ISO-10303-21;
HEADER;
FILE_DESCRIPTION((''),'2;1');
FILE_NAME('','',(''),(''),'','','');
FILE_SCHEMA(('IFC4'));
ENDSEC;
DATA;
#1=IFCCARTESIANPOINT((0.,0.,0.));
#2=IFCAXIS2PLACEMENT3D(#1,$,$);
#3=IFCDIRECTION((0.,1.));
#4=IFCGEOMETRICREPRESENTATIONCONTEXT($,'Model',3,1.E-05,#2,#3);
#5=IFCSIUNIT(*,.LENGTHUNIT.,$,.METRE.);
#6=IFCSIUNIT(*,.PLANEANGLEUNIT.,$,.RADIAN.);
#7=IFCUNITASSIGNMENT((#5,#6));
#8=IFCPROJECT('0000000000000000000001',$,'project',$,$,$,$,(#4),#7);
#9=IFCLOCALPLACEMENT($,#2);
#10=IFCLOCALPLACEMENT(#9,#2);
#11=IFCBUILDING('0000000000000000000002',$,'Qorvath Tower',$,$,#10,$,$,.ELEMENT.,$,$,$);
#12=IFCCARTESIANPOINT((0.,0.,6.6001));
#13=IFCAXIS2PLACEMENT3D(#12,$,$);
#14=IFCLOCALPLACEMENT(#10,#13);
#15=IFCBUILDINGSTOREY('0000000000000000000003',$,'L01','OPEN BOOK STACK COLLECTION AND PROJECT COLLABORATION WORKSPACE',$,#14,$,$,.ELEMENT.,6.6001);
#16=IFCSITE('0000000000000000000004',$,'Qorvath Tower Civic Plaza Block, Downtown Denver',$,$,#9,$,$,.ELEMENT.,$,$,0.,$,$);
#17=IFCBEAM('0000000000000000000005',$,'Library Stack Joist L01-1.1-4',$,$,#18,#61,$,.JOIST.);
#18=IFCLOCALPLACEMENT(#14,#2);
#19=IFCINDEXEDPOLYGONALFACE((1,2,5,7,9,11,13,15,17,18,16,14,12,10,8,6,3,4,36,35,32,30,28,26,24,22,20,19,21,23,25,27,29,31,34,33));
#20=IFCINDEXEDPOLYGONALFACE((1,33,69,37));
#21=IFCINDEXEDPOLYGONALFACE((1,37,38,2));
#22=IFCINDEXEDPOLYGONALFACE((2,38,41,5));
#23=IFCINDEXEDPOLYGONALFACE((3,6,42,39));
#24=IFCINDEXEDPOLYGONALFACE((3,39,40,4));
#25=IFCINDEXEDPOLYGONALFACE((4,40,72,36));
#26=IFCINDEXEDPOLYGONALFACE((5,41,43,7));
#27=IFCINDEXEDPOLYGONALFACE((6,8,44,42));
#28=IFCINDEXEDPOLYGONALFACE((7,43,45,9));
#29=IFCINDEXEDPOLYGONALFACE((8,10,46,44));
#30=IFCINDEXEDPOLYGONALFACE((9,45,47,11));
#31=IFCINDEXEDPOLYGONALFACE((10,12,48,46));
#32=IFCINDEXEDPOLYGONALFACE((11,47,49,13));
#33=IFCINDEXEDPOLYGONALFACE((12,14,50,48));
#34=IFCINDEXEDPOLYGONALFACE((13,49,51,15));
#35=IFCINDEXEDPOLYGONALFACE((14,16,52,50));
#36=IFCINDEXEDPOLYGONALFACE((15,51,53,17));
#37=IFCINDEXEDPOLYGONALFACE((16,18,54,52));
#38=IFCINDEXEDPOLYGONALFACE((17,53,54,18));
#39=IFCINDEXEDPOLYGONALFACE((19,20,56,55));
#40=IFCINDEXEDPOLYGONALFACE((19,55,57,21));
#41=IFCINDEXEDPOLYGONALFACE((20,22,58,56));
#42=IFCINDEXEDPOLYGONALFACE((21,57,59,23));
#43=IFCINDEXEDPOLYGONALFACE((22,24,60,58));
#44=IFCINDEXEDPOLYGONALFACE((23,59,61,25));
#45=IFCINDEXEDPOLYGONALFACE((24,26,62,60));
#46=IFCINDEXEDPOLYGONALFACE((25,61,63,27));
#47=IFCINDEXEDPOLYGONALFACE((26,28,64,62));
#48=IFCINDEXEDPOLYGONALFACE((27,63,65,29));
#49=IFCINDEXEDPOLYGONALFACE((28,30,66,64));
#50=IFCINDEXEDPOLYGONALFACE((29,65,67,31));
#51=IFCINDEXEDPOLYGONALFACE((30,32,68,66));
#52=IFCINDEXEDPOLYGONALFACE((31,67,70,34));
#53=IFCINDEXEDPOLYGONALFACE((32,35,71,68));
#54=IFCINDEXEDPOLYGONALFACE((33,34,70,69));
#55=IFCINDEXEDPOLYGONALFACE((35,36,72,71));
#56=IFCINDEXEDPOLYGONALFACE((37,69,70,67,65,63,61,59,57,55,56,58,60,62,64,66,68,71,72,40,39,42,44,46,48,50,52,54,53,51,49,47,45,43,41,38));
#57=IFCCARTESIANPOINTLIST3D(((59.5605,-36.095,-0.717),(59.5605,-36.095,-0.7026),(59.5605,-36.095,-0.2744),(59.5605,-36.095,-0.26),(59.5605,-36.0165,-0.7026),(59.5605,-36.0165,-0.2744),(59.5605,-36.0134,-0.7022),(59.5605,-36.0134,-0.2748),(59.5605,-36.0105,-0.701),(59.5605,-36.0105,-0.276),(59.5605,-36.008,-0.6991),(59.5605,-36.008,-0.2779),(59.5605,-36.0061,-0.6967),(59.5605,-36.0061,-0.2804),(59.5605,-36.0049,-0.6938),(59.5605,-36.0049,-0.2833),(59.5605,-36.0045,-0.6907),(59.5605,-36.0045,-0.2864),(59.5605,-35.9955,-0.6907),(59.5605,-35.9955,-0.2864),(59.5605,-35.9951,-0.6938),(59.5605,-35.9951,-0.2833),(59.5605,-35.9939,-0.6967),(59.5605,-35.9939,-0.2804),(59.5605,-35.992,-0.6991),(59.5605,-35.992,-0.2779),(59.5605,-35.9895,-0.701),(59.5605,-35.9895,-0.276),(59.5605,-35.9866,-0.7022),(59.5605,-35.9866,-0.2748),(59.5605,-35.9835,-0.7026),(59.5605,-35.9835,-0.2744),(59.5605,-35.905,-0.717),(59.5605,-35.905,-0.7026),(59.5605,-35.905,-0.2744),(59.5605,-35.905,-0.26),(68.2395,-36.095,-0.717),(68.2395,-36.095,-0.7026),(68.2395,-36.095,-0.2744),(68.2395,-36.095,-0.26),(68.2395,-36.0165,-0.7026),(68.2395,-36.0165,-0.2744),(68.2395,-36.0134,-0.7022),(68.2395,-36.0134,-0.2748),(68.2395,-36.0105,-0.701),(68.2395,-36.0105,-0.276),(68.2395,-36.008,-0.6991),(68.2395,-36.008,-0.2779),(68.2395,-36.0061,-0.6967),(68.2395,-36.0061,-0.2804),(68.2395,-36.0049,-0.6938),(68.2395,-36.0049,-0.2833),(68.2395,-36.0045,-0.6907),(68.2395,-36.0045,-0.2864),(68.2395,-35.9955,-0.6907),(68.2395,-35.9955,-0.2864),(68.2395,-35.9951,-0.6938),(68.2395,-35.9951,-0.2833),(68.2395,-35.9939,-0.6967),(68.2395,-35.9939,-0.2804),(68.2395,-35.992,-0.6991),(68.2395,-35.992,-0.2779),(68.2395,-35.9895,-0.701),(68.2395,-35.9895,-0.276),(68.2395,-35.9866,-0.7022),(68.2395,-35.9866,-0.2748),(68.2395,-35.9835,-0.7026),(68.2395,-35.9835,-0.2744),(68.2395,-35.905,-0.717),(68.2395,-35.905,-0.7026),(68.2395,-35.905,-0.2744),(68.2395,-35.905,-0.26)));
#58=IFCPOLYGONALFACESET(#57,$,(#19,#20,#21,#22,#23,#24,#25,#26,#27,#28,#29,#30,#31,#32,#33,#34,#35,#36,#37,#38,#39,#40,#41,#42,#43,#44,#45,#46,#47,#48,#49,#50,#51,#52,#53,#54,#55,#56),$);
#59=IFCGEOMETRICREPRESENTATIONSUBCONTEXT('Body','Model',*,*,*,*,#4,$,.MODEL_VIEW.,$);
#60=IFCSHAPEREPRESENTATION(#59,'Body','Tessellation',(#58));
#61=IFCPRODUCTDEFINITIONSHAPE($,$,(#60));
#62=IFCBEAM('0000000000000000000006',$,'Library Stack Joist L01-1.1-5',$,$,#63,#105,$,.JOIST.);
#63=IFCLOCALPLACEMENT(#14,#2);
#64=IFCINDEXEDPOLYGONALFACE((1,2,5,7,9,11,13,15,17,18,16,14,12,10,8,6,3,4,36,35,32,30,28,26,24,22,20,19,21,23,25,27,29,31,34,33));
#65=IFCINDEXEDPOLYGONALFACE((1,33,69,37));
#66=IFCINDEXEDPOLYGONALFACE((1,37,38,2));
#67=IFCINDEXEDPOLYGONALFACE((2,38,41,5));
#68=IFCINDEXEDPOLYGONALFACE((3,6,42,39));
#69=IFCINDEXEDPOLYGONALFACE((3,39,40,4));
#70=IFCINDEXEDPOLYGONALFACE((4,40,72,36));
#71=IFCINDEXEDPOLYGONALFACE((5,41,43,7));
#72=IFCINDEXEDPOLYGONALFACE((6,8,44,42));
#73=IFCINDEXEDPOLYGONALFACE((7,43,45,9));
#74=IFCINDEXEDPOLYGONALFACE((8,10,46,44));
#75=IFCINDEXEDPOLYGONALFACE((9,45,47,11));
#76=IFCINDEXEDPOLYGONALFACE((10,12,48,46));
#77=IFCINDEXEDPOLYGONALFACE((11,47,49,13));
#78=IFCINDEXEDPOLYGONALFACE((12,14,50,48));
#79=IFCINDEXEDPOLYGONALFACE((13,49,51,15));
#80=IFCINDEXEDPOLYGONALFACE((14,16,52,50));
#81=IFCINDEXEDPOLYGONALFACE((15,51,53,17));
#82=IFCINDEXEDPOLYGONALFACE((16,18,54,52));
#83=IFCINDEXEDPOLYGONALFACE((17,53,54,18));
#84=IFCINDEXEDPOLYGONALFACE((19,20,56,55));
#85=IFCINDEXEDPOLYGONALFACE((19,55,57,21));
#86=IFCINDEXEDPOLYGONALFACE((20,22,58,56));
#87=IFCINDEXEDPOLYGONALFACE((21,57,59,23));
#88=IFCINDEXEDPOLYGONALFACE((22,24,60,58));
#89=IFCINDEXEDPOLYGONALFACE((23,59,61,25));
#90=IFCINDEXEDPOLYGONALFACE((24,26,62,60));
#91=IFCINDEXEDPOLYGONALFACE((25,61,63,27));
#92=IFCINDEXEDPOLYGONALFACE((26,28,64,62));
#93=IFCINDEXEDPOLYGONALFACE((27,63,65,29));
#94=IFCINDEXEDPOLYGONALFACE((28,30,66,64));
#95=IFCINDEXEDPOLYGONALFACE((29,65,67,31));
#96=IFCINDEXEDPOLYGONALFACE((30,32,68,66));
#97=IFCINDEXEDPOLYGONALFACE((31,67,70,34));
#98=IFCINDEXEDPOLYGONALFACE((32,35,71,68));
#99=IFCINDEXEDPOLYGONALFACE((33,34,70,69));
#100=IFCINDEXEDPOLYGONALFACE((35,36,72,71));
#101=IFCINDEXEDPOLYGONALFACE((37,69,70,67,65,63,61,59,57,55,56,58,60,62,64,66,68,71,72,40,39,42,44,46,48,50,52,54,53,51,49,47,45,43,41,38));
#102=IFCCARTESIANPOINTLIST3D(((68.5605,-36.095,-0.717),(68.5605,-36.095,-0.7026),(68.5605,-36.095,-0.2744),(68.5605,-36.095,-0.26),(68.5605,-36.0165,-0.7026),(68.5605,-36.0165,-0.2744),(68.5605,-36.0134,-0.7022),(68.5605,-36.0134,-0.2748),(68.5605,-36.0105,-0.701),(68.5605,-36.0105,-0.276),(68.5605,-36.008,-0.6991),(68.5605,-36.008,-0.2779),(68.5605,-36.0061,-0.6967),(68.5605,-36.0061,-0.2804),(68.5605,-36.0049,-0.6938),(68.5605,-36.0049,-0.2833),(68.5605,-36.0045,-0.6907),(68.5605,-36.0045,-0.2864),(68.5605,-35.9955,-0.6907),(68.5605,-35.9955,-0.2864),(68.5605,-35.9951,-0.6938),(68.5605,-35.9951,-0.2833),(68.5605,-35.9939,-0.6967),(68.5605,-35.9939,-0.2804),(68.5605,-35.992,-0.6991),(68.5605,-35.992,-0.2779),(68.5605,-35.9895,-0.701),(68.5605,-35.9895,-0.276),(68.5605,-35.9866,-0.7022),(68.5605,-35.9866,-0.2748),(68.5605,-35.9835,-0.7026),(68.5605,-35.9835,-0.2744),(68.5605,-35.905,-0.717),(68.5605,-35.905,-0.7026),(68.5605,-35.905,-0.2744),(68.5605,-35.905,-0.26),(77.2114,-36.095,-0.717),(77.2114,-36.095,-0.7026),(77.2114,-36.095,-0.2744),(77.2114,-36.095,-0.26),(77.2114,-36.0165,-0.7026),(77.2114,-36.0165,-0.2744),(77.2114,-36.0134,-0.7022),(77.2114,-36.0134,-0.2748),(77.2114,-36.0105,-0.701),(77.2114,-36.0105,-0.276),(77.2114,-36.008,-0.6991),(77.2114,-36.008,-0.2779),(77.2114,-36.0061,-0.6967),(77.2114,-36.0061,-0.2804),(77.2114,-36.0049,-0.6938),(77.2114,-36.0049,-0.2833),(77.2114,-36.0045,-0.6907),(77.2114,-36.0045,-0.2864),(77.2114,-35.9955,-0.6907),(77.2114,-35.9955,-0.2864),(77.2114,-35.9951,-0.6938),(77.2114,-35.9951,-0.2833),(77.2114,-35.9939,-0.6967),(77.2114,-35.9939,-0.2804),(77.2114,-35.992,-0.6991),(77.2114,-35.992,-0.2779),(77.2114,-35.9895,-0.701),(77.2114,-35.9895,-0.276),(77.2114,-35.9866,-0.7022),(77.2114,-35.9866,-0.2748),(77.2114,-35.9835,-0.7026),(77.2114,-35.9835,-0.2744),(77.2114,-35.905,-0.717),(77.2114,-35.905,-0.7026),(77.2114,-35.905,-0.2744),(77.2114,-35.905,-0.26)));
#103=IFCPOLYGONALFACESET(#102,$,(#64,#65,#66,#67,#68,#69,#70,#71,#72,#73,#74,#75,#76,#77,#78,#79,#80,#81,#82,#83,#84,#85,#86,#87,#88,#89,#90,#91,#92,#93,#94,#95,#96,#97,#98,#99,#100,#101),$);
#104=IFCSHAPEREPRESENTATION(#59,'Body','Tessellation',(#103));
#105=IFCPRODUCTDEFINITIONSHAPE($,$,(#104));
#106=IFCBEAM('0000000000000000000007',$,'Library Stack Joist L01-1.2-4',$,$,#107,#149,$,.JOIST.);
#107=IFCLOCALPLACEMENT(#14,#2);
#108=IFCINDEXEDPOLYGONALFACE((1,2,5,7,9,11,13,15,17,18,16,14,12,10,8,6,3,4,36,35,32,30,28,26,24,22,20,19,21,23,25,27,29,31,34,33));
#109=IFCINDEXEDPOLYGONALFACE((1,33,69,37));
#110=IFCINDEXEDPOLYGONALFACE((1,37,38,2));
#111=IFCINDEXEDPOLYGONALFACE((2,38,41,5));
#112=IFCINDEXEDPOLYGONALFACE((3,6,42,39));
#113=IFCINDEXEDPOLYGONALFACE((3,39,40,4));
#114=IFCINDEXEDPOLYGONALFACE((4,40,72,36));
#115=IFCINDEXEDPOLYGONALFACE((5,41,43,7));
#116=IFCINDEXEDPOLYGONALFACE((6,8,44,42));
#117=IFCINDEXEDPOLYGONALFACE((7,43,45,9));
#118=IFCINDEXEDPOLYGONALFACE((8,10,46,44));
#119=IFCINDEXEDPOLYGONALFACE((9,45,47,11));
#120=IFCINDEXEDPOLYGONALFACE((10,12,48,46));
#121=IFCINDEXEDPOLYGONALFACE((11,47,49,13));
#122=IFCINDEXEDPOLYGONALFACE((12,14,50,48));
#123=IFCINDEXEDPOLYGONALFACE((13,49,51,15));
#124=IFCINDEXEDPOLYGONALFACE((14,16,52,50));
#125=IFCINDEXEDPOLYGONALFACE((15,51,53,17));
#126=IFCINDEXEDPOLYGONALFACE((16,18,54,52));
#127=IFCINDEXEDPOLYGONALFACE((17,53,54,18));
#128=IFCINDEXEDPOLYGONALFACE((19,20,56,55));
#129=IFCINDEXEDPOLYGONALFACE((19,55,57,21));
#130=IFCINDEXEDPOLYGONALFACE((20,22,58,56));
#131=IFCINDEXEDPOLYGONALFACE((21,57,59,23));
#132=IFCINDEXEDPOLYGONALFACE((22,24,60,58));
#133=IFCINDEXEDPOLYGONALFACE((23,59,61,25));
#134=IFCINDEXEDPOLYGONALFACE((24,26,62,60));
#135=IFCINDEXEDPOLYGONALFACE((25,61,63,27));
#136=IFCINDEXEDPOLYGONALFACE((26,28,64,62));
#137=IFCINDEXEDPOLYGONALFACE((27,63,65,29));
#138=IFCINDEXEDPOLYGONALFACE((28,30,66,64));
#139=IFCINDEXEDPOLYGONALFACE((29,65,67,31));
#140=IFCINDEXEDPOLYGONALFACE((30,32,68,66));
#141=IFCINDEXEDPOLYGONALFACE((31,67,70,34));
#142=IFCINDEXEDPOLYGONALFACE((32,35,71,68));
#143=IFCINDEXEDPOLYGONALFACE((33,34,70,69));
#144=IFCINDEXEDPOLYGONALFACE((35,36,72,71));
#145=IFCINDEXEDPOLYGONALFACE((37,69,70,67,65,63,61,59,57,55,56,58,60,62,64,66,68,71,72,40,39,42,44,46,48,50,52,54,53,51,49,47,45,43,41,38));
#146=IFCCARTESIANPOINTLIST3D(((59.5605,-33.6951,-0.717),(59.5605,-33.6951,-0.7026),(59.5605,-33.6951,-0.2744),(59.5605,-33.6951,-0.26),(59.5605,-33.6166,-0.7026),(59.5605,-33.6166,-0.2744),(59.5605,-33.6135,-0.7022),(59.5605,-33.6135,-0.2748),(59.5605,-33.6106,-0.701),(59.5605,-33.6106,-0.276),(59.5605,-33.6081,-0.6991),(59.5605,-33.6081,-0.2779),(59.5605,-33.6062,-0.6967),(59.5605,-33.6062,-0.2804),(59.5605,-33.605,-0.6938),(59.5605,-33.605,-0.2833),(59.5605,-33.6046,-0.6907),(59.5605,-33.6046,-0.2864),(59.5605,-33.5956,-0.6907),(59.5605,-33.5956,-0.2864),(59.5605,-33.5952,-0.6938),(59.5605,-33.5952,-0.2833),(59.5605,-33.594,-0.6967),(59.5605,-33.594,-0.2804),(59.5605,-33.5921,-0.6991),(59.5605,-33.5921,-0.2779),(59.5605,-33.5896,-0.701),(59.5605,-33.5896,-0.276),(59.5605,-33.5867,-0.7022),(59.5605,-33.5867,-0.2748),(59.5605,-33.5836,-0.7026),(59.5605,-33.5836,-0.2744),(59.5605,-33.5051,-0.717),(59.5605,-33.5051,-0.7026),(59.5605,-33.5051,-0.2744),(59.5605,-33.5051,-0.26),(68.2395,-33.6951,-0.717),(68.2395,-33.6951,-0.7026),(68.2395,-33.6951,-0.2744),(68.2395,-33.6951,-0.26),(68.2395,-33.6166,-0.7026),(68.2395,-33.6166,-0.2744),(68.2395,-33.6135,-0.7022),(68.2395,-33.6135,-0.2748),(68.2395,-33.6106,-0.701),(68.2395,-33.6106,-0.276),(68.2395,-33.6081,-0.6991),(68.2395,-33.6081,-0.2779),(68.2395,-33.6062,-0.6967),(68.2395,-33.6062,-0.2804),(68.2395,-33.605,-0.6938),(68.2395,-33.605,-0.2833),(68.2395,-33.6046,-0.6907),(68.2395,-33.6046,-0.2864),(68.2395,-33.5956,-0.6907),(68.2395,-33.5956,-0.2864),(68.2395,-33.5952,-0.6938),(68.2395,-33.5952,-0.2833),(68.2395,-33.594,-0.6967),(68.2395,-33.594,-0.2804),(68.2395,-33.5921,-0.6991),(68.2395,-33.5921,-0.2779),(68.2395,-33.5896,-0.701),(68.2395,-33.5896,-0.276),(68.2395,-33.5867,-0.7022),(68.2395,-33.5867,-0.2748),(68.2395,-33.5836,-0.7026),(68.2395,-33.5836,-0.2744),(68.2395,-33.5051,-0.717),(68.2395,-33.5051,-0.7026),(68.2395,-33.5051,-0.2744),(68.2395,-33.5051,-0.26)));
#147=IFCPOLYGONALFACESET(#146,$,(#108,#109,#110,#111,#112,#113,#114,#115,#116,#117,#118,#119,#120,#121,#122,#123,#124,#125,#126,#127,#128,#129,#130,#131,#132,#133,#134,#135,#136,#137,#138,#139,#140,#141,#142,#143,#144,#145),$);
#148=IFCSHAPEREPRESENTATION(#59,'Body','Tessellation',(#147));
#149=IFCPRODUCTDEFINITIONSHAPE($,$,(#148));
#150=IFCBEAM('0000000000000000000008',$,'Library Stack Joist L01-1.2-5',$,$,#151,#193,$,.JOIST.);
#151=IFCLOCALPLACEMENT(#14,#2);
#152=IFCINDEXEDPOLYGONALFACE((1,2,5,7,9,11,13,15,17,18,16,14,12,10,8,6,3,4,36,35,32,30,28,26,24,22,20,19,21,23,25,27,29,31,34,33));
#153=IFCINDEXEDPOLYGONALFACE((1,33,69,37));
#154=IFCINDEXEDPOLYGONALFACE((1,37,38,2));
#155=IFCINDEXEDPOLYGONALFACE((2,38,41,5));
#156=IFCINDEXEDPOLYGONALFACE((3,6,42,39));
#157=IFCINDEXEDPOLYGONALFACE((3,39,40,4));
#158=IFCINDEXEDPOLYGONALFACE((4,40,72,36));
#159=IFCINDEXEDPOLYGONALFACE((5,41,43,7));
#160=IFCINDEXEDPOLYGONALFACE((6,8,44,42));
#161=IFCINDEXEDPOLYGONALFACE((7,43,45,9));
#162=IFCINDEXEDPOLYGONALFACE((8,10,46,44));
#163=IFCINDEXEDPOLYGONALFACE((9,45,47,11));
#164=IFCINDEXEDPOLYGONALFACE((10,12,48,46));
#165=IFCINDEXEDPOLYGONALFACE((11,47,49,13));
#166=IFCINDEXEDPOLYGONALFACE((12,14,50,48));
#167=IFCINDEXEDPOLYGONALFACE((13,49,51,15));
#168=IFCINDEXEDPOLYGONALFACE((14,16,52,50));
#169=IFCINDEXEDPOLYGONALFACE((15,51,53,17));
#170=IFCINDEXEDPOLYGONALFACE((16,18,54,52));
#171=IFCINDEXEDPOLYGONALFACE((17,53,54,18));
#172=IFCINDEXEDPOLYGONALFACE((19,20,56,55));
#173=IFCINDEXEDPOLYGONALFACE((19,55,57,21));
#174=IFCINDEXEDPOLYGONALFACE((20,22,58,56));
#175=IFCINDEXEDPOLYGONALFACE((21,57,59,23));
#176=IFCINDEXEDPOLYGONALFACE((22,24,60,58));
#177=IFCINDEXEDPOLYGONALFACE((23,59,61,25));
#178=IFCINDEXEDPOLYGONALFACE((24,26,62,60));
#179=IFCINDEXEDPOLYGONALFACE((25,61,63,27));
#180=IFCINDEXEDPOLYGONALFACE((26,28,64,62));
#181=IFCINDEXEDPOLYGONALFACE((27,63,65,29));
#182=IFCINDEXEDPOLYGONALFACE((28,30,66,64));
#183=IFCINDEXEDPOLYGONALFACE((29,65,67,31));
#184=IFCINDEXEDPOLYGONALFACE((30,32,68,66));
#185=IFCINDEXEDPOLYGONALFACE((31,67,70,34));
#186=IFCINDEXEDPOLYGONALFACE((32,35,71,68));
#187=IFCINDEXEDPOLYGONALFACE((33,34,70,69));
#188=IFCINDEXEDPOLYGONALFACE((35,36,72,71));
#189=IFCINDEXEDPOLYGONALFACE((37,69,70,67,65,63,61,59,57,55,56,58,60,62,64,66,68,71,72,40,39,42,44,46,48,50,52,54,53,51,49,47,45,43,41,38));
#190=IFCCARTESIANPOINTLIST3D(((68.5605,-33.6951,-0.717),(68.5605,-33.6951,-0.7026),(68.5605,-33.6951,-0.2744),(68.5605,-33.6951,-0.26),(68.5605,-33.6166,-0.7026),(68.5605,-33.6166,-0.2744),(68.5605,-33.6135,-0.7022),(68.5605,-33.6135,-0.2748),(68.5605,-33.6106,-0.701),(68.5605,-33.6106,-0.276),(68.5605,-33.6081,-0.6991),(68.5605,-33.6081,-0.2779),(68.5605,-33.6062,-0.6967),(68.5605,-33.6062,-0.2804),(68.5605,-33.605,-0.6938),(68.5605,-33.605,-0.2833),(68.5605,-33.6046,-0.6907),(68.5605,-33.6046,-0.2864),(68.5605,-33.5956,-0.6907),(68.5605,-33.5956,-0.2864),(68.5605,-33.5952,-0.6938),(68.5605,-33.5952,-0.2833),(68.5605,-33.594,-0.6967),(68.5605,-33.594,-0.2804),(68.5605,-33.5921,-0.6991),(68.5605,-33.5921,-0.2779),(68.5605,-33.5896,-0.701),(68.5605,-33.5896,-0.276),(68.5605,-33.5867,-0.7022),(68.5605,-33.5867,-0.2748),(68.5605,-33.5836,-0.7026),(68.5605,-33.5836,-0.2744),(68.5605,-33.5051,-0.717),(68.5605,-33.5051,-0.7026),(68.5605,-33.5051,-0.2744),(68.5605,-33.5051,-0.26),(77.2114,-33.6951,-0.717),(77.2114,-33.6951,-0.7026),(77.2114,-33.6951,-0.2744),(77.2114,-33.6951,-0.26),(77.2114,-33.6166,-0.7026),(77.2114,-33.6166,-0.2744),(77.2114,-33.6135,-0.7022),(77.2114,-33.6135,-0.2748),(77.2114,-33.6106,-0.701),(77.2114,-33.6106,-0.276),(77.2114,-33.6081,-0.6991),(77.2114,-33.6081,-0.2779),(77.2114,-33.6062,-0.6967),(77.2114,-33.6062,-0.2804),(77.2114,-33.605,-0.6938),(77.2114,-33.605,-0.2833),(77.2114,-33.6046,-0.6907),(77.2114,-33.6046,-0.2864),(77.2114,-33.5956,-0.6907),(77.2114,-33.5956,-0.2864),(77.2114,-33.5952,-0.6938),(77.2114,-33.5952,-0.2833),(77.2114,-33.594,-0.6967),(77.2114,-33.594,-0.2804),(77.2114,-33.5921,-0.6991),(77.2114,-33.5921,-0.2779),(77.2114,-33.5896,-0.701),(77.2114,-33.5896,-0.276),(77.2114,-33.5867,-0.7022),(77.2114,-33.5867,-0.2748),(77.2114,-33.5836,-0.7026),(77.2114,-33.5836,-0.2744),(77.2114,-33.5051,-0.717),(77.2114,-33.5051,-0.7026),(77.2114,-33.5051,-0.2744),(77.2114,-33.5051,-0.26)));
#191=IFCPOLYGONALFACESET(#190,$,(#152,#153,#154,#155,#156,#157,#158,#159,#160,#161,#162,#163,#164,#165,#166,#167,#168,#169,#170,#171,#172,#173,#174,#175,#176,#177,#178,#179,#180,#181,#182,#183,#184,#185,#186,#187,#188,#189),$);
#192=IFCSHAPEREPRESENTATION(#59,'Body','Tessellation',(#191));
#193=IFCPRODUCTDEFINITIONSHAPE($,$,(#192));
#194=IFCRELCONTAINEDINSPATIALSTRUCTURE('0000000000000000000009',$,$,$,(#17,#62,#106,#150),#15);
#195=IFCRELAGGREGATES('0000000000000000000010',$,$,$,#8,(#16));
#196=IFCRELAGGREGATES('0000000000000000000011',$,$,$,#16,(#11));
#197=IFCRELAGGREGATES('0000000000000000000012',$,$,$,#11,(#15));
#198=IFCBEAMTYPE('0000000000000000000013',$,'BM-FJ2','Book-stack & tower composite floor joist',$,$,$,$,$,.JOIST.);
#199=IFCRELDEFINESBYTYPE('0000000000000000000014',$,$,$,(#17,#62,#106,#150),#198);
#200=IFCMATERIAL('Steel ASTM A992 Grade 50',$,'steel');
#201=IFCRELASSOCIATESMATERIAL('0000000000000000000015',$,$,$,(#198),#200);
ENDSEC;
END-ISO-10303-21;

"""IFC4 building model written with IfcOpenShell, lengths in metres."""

from ifc_helpers import new_model, si_unit, direction, frame, origin, origin_2d, place, context, subcontext, project, spatial, i_section, extrude, material, material_profile, profile_set, type_object, element, save


model = new_model("IFC4")

# Units and contexts
model_context = context("Model", 3, precision=1e-05, world=origin(), true_north=direction((0.0, 1.0)))
body_context = subcontext(model_context, "Body", "Model", "MODEL_VIEW")
ifc_project = project(units=[si_unit("LENGTHUNIT", "METRE"), si_unit("PLANEANGLEUNIT", "RADIAN")], contexts=[model_context])

# Site, building, storey
site_placement = place(None, origin())
site = spatial("IfcSite", under=ifc_project, at=site_placement, Name="Qorvath Tower Civic Plaza Block, Downtown Denver", CompositionType="ELEMENT", RefElevation=0.0)
building_placement = place(site_placement, origin())
building = spatial("IfcBuilding", under=site, at=building_placement, Name="Qorvath Tower", CompositionType="ELEMENT")
storey_placement = place(building_placement, frame((0.0, 0.0, 6.6001)))
storey = spatial("IfcBuildingStorey", under=building, at=storey_placement, Name="L01", Description="OPEN BOOK STACK COLLECTION AND PROJECT COLLABORATION WORKSPACE", CompositionType="ELEMENT", Elevation=6.6001)

# Beams
ifc_material_1 = material(Name="Steel ASTM A992 Grade 50", Category="steel")
ifc_material_profile_1 = material_profile(ifc_material_1, i_section(OverallWidth=0.1899, OverallDepth=0.457, WebThickness=0.009, FlangeThickness=0.0144, FilletRadius=0.012, at=origin_2d()), Name="W18x50")
ifc_profile_set_1 = profile_set([ifc_material_profile_1], Name="Steel ASTM A992 Grade 50")
beam_type_1 = type_object("IfcBeamType", Name="BM-FJ2", Description="Book-stack & tower composite floor joist", PredefinedType="JOIST", material=ifc_profile_set_1)
beam_1_placement = place(storey_placement, frame((59.5605, -36.0, -0.4885), z_axis=(1.0, 0.0, 0.0), x_axis=(0.0, 1.0, 0.0)))
element("IfcBeam", 1, at=beam_1_placement, inside=storey, type_object=beam_type_1, Name="Library Stack Joist L01-1.1-4", PredefinedType="JOIST", context=body_context, shape_type="SweptSolid", body=[
    extrude(i_section(OverallWidth=0.1899, OverallDepth=0.457, WebThickness=0.009, FlangeThickness=0.0144, FilletRadius=0.012, at=origin_2d()), origin(), (0.0, 0.0, 1.0), 8.679),
])
beam_2_placement = place(storey_placement, frame((68.5605, -36.0, -0.4885), z_axis=(1.0, 0.0, 0.0), x_axis=(0.0, 1.0, 0.0)))
element("IfcBeam", 2, at=beam_2_placement, inside=storey, type_object=beam_type_1, Name="Library Stack Joist L01-1.1-5", PredefinedType="JOIST", context=body_context, shape_type="SweptSolid", body=[
    extrude(i_section(OverallWidth=0.1899, OverallDepth=0.457, WebThickness=0.009, FlangeThickness=0.0144, FilletRadius=0.012, at=origin_2d()), origin(), (0.0, 0.0, 1.0), 8.6509),
])
beam_3_placement = place(storey_placement, frame((59.5605, -33.6001, -0.4885), z_axis=(1.0, 0.0, 0.0), x_axis=(0.0, 1.0, 0.0)))
element("IfcBeam", 3, at=beam_3_placement, inside=storey, type_object=beam_type_1, Name="Library Stack Joist L01-1.2-4", PredefinedType="JOIST", context=body_context, shape_type="SweptSolid", body=[
    extrude(i_section(OverallWidth=0.1899, OverallDepth=0.457, WebThickness=0.009, FlangeThickness=0.0144, FilletRadius=0.012, at=origin_2d()), origin(), (0.0, 0.0, 1.0), 8.679),
])
beam_4_placement = place(storey_placement, frame((68.5605, -33.6001, -0.4885), z_axis=(1.0, 0.0, 0.0), x_axis=(0.0, 1.0, 0.0)))
element("IfcBeam", 4, at=beam_4_placement, inside=storey, type_object=beam_type_1, Name="Library Stack Joist L01-1.2-5", PredefinedType="JOIST", context=body_context, shape_type="SweptSolid", body=[
    extrude(i_section(OverallWidth=0.1899, OverallDepth=0.457, WebThickness=0.009, FlangeThickness=0.0144, FilletRadius=0.012, at=origin_2d()), origin(), (0.0, 0.0, 1.0), 8.6509),
])

save(model, "model.ifc")
